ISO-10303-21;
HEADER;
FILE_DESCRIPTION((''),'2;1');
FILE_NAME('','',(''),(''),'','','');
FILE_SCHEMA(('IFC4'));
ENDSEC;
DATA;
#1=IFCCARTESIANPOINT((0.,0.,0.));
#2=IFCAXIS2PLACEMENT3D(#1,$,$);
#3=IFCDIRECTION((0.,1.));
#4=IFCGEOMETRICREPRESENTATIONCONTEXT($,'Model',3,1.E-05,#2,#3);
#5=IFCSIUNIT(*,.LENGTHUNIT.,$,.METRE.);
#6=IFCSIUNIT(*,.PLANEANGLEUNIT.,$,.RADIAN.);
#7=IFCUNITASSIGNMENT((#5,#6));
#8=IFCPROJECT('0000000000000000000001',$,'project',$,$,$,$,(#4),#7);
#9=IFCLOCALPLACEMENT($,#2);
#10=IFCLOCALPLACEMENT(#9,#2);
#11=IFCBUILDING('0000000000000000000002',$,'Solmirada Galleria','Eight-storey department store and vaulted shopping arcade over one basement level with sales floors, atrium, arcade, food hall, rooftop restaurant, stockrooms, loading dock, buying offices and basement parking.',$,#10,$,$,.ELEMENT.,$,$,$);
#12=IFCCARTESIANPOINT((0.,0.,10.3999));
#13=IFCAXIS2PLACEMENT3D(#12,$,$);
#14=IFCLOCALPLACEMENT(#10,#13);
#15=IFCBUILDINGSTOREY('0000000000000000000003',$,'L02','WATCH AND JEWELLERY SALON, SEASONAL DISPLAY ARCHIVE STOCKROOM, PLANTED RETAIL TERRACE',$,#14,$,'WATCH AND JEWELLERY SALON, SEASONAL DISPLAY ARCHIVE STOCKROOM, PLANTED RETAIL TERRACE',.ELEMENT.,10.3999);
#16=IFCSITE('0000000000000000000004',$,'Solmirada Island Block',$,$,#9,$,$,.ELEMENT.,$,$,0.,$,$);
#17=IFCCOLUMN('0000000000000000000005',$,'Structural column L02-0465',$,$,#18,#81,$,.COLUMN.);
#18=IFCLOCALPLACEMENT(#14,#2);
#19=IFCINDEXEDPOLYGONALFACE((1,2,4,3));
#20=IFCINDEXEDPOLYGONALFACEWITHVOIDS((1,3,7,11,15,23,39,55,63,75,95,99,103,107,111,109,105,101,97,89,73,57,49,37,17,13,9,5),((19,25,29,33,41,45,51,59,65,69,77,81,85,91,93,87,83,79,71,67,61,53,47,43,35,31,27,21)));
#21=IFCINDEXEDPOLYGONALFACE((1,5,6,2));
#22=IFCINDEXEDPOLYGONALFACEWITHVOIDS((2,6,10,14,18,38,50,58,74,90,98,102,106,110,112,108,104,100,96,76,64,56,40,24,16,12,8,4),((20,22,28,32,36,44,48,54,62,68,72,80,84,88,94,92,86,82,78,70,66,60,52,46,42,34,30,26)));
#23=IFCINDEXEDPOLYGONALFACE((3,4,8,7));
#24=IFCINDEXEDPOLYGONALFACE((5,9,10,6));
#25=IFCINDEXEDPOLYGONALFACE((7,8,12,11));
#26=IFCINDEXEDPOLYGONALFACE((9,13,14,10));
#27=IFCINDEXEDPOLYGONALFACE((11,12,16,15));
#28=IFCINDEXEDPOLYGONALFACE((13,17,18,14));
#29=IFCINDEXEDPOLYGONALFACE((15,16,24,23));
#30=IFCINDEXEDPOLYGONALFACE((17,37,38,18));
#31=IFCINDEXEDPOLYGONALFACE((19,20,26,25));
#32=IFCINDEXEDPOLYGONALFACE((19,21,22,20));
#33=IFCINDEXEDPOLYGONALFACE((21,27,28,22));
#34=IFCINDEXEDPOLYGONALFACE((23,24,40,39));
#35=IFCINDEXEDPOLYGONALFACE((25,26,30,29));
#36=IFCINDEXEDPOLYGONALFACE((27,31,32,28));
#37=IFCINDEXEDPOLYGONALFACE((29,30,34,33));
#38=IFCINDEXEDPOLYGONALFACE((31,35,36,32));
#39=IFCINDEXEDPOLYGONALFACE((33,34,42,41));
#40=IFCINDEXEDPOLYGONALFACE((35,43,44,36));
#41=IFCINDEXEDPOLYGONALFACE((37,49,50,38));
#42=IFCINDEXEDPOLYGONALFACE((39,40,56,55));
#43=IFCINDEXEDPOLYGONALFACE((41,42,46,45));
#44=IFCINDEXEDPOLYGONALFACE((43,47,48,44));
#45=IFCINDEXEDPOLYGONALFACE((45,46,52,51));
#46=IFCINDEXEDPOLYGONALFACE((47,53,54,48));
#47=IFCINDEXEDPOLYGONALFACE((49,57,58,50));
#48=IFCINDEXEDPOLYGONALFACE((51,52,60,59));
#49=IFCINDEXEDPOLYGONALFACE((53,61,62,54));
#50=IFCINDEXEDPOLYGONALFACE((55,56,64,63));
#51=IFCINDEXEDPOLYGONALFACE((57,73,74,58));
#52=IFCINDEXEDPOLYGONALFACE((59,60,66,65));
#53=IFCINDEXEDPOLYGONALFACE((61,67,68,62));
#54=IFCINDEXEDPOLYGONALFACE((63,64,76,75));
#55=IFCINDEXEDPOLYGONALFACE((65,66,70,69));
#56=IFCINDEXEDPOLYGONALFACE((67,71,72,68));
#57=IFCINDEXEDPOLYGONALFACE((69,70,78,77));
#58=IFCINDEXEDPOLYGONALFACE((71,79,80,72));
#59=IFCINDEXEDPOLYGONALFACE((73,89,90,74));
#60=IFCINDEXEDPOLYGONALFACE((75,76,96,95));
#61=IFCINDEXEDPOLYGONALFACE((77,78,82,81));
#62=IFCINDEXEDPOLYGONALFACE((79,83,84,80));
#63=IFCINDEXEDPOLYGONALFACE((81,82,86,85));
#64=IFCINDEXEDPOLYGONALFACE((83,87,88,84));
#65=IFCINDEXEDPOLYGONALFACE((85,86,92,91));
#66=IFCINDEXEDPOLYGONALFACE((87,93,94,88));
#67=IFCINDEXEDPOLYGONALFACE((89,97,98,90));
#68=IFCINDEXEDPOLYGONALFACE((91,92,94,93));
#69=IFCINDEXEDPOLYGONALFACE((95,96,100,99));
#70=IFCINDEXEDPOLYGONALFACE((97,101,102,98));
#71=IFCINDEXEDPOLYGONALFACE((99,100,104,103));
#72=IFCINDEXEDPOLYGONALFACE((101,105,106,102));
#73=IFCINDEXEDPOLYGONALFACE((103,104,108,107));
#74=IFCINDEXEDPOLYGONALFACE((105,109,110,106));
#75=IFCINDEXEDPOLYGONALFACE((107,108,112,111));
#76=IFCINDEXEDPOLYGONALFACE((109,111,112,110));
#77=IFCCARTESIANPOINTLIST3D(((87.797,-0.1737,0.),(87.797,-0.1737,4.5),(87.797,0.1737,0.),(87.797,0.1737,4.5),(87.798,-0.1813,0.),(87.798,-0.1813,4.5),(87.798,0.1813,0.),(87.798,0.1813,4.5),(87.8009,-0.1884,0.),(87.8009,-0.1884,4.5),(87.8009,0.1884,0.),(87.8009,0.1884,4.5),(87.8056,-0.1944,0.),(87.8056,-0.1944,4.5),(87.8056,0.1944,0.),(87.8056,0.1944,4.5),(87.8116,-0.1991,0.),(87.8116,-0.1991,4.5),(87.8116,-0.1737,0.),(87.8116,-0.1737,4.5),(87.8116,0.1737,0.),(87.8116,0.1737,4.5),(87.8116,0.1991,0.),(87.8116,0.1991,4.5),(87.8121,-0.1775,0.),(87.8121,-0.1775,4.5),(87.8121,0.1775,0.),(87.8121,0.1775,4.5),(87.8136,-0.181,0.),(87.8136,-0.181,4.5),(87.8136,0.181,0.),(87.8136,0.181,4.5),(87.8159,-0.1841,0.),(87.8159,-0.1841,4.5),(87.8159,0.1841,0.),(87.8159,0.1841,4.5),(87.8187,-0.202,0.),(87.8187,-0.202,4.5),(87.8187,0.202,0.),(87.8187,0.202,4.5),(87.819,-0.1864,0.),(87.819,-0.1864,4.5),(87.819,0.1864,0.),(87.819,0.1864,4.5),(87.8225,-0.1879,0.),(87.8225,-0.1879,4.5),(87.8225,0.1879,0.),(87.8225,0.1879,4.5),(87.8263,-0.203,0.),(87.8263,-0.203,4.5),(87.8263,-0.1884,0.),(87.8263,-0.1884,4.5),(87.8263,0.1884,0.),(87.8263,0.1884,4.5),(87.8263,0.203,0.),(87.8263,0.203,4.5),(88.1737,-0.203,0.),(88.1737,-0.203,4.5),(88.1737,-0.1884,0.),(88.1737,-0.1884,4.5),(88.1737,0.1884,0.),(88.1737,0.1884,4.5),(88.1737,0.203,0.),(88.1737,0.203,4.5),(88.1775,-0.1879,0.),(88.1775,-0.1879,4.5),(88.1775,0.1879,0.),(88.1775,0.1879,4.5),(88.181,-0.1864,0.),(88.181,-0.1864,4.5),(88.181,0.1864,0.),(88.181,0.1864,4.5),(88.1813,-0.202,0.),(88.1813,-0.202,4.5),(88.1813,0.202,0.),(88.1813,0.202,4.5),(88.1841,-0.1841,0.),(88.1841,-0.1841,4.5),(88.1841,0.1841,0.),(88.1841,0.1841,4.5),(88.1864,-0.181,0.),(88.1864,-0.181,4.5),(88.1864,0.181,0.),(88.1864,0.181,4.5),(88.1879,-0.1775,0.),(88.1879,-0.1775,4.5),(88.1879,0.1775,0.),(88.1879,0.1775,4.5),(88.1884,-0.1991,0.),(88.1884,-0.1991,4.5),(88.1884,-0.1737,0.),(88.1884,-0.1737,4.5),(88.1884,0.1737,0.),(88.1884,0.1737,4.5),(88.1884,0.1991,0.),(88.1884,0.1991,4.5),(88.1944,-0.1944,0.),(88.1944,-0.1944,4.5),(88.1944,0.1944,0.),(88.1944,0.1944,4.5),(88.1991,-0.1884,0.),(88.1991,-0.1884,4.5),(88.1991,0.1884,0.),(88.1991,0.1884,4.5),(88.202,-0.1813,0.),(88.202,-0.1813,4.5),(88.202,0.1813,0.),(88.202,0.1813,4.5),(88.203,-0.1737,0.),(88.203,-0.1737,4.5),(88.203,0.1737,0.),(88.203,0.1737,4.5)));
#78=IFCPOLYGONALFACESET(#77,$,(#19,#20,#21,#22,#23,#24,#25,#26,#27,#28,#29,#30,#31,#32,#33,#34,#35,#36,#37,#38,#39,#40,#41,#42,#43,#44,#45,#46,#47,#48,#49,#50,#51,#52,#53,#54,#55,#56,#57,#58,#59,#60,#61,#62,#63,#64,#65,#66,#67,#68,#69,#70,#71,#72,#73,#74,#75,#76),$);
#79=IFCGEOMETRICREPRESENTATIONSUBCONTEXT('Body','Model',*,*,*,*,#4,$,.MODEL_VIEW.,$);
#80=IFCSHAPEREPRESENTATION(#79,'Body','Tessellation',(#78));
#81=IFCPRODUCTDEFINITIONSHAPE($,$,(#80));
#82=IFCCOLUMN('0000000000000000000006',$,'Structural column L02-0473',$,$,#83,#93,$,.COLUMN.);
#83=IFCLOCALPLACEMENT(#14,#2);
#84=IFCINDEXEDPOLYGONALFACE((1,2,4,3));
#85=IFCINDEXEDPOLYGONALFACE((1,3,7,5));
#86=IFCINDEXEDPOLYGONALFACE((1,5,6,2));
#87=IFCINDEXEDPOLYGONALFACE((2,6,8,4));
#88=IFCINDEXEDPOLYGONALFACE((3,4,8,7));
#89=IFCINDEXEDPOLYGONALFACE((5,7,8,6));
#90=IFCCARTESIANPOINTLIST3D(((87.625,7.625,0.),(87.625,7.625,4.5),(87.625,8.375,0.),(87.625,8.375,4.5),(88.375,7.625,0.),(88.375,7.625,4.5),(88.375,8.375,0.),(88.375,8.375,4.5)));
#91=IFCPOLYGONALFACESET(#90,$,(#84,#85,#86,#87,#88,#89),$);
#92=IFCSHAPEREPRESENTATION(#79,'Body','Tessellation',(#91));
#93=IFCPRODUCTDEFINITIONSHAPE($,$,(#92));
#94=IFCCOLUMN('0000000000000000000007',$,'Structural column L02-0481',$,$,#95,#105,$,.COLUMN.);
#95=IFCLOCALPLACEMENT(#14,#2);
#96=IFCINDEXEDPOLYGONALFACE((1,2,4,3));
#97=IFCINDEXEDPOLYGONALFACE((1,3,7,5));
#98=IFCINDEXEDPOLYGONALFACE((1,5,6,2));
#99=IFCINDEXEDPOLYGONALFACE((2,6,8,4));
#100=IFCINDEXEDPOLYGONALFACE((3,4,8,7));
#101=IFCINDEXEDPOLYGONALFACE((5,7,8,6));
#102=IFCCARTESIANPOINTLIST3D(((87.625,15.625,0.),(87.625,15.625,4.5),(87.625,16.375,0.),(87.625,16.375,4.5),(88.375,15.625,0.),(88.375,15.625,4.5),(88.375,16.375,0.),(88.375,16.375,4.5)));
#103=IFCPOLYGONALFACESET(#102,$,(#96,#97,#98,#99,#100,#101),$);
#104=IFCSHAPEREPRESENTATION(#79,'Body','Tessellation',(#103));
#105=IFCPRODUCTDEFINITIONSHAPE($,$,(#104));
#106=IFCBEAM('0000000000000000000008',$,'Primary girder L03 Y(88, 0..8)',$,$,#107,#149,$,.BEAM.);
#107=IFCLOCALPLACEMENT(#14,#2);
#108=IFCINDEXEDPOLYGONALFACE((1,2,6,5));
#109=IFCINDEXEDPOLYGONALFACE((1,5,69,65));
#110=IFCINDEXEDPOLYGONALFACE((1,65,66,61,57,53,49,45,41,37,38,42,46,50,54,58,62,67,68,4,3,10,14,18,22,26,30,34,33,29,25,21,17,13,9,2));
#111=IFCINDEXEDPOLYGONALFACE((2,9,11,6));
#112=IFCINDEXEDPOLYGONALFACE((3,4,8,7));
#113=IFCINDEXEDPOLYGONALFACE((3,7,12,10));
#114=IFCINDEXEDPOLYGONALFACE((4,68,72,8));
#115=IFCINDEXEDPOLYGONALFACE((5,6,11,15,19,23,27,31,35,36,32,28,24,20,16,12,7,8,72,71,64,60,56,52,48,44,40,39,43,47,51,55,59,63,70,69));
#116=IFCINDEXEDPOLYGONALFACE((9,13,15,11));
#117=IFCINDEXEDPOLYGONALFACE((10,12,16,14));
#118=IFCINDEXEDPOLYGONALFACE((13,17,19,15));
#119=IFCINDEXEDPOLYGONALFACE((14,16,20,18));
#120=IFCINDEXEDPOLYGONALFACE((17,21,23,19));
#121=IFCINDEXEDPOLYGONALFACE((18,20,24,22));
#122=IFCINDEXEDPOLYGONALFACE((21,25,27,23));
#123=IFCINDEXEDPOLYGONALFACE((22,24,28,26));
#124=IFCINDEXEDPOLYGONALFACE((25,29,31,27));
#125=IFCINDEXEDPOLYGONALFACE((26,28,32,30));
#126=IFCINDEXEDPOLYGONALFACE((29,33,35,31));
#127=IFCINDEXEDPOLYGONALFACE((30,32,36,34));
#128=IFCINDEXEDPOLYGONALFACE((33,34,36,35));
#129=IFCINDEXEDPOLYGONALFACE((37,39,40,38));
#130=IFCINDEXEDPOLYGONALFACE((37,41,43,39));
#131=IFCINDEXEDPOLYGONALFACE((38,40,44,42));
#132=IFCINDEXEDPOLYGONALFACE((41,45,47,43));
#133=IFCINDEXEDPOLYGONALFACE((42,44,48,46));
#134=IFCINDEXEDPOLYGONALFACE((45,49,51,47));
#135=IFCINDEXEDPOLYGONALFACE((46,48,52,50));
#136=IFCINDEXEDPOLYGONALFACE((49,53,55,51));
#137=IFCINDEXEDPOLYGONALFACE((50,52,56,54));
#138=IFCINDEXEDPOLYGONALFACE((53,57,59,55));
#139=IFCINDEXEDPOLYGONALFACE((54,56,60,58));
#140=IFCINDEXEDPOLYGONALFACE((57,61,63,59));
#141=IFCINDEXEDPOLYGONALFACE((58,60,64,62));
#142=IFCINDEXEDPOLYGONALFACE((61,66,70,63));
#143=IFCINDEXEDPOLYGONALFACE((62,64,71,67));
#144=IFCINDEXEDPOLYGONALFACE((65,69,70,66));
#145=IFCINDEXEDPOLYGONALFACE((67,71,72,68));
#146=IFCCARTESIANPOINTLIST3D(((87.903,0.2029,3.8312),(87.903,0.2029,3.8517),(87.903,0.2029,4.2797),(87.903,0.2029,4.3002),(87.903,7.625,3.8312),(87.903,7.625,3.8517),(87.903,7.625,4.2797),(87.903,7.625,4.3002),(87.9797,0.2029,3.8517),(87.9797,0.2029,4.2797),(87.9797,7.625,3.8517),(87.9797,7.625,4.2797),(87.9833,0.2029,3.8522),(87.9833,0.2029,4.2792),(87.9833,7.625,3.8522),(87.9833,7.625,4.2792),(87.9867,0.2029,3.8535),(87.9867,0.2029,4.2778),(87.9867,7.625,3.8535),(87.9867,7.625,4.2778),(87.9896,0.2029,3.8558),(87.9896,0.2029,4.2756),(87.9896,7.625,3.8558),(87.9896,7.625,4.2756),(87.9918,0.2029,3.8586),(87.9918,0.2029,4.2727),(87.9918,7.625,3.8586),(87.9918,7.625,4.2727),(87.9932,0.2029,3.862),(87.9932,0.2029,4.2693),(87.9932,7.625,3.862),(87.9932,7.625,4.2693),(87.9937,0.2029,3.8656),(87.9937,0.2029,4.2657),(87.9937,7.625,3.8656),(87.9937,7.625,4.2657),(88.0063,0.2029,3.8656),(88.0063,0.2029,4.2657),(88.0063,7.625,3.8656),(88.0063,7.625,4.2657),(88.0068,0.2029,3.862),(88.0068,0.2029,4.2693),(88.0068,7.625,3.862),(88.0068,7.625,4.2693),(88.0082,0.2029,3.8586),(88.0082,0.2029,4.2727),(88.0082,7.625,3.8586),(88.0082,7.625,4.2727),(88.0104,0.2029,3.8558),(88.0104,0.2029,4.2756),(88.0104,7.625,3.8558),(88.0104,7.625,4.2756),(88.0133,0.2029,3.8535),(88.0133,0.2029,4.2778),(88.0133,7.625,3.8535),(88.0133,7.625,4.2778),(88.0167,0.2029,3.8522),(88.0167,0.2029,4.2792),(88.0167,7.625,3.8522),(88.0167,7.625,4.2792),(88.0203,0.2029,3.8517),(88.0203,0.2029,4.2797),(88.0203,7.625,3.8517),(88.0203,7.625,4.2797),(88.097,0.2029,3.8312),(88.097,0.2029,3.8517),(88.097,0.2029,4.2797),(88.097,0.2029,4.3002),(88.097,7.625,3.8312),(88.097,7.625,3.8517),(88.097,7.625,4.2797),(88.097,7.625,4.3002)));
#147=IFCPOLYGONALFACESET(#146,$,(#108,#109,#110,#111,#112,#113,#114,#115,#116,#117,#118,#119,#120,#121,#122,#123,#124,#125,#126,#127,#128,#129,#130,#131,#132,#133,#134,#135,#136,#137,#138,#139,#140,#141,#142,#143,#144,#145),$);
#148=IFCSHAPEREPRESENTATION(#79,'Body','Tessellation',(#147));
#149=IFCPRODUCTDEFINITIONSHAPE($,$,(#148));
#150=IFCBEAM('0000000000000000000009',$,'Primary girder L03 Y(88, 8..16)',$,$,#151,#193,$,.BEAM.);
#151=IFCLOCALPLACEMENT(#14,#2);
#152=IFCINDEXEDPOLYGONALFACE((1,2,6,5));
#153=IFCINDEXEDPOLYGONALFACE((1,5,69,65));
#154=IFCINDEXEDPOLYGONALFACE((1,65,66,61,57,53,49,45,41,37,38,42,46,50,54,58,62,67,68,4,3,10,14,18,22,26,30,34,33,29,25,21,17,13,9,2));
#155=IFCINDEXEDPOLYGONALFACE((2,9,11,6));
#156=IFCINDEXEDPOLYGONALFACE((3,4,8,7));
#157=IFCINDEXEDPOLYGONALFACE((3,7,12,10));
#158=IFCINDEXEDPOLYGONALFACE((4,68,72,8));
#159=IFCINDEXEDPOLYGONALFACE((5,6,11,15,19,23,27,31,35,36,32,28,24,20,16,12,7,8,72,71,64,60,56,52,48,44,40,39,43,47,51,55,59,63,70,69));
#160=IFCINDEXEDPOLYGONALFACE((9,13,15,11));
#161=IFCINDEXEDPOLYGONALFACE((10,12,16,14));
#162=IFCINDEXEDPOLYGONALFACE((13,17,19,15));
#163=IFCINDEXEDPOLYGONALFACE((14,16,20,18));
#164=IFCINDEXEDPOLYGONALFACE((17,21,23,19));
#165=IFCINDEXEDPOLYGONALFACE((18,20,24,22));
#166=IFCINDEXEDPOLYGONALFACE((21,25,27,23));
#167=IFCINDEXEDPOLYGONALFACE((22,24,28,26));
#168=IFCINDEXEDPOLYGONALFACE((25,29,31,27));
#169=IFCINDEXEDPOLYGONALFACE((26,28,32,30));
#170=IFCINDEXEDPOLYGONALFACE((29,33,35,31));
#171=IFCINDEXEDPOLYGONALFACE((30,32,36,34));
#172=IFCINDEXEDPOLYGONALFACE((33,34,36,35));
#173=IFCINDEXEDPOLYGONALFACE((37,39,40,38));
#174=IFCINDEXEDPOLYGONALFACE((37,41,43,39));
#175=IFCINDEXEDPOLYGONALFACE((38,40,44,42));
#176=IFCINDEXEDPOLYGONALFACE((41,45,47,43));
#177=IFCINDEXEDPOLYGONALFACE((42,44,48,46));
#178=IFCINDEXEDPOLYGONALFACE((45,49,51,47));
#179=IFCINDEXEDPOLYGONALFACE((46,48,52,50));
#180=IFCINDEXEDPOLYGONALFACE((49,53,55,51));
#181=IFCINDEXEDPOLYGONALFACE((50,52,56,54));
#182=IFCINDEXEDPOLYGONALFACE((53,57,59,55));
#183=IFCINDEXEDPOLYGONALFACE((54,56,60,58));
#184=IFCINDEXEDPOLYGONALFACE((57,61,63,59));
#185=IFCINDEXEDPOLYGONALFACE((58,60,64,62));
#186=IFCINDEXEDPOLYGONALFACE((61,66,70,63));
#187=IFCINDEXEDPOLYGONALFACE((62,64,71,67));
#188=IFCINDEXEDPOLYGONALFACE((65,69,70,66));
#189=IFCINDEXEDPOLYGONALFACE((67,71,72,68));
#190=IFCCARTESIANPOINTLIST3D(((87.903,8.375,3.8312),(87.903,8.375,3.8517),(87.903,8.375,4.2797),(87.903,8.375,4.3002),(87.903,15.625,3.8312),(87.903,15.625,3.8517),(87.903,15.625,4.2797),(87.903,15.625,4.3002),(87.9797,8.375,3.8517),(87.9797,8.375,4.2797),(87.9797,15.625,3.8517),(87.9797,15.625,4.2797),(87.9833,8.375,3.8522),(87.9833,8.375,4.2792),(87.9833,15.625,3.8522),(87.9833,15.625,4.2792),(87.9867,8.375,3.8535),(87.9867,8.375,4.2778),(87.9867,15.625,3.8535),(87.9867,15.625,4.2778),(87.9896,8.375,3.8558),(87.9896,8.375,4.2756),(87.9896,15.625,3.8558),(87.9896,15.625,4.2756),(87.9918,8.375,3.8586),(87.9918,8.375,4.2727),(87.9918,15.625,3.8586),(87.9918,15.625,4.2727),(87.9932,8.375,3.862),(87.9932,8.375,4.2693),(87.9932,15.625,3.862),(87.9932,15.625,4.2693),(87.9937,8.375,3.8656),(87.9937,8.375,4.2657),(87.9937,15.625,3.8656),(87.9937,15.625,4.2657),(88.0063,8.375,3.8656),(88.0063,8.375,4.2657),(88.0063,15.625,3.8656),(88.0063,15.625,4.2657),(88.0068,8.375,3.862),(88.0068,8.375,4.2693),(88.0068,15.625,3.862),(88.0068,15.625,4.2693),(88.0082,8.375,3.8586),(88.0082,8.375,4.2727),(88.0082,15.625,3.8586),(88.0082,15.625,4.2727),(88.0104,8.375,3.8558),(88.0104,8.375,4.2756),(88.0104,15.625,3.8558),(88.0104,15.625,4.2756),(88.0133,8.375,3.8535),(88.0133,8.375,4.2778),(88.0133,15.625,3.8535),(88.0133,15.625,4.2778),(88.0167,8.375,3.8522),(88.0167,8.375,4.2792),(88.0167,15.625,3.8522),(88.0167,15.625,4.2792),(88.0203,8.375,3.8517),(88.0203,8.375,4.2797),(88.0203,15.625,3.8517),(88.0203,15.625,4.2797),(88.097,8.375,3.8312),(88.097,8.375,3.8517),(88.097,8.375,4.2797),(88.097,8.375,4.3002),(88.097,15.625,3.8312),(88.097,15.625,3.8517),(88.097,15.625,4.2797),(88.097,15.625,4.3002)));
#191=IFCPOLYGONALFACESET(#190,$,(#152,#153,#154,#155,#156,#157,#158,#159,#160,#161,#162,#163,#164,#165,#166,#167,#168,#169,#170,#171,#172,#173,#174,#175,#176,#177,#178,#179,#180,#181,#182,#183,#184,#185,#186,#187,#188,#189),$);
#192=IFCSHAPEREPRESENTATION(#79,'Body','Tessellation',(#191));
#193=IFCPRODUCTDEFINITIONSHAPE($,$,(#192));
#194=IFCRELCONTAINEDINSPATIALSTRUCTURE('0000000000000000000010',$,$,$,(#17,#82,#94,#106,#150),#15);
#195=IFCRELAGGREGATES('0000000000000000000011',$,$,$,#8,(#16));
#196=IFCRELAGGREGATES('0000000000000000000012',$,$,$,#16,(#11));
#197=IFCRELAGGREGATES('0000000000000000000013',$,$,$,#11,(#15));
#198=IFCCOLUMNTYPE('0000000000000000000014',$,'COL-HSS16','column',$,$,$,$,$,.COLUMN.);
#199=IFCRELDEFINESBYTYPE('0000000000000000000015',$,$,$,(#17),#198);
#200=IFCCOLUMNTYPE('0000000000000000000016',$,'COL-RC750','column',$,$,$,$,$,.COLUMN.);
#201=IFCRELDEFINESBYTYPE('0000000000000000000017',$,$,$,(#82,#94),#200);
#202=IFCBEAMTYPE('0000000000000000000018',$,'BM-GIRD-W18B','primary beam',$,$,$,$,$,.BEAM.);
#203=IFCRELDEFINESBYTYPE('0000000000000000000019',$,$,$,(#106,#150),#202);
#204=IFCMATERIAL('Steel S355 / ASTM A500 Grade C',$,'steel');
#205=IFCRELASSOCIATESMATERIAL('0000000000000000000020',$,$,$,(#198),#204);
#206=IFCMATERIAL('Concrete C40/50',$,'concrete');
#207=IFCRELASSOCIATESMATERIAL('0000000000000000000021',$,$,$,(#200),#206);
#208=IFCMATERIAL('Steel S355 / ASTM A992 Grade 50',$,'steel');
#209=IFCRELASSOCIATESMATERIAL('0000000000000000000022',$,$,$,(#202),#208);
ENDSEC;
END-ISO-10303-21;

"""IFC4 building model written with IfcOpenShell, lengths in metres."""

from ifc_helpers import new_model, si_unit, direction, frame, origin, origin_2d, place, context, subcontext, project, spatial, rectangle, hollow_rectangle, i_section, extrude, material, material_profile, profile_set, type_object, element, save


model = new_model("IFC4")

# Units and contexts
model_context = context("Model", 3, precision=1e-05, world=origin(), true_north=direction((0.0, 1.0)))
body_context = subcontext(model_context, "Body", "Model", "MODEL_VIEW")
ifc_project = project(units=[si_unit("LENGTHUNIT", "METRE"), si_unit("PLANEANGLEUNIT", "RADIAN")], contexts=[model_context])

# Site, building, storey
site_placement = place(None, origin())
site = spatial("IfcSite", under=ifc_project, at=site_placement, Name="Solmirada Island Block", CompositionType="ELEMENT", RefElevation=0.0)
building_placement = place(site_placement, origin())
building = spatial("IfcBuilding", under=site, at=building_placement, Name="Solmirada Galleria", Description="Eight-storey department store and vaulted shopping arcade over one basement level with sales floors, atrium, arcade, food hall, rooftop restaurant, stockrooms, loading dock, buying offices and basement parking.", CompositionType="ELEMENT")
storey_placement = place(building_placement, frame((0.0, 0.0, 10.3999)))
storey = spatial("IfcBuildingStorey", under=building, at=storey_placement, Name="L02", Description="WATCH AND JEWELLERY SALON, SEASONAL DISPLAY ARCHIVE STOCKROOM, PLANTED RETAIL TERRACE", LongName="WATCH AND JEWELLERY SALON, SEASONAL DISPLAY ARCHIVE STOCKROOM, PLANTED RETAIL TERRACE", CompositionType="ELEMENT", Elevation=10.3999)

# Columns
ifc_material_1 = material(Name="Steel S355 / ASTM A500 Grade C", Category="steel")
ifc_material_profile_1 = material_profile(ifc_material_1, hollow_rectangle(XDim=0.406, YDim=0.406, WallThickness=0.0146, InnerFilletRadius=0.0146, OuterFilletRadius=0.0293, at=origin_2d()), Name="HSS16X16X5/8")
ifc_profile_set_1 = profile_set([ifc_material_profile_1], Name="Steel S355 / ASTM A500 Grade C")
column_type_1 = type_object("IfcColumnType", Name="COL-HSS16", Description="column", PredefinedType="COLUMN", material=ifc_profile_set_1)
column_placement = place(storey_placement, frame((88.0, 0.0, 0.0), z_axis=(0.0, 0.0, 1.0), x_axis=(1.0, 0.0, 0.0)))
element("IfcColumn", 1, at=column_placement, inside=storey, type_object=column_type_1, Name="Structural column L02-0465", PredefinedType="COLUMN", context=body_context, shape_type="SweptSolid", body=[
    extrude(hollow_rectangle(XDim=0.406, YDim=0.406, WallThickness=0.0146, InnerFilletRadius=0.0146, OuterFilletRadius=0.0293, at=origin_2d()), origin(), (0.0, 0.0, 1.0), 4.5),
])
ifc_material_2 = material(Name="Concrete C40/50", Category="concrete")
ifc_material_profile_2 = material_profile(ifc_material_2, rectangle(XDim=0.75, YDim=0.75, at=origin_2d()), Name="RC750X750")
ifc_profile_set_2 = profile_set([ifc_material_profile_2], Name="Concrete C40/50")
column_type_2 = type_object("IfcColumnType", Name="COL-RC750", Description="column", PredefinedType="COLUMN", material=ifc_profile_set_2)
for number, where, z_axis, x_axis, name in (
    (2, (88.0, 8.0, 0.0), (0.0, 0.0, 1.0), (1.0, 0.0, 0.0), "Structural column L02-0473"),
    (3, (88.0, 16.0, 0.0), (0.0, 0.0, 1.0), (1.0, 0.0, 0.0), "Structural column L02-0481"),
):
    element("IfcColumn", number, at=place(storey_placement, frame(where, z_axis=z_axis, x_axis=x_axis)), inside=storey, type_object=column_type_2, Name=name, PredefinedType="COLUMN", context=body_context, shape_type="SweptSolid", body=[
        extrude(rectangle(XDim=0.75, YDim=0.75, at=origin_2d()), origin(), (0.0, 0.0, 1.0), 4.5),
    ])

# Beams
ifc_material_3 = material(Name="Steel S355 / ASTM A992 Grade 50", Category="steel")
ifc_material_profile_3 = material_profile(ifc_material_3, i_section(OverallWidth=0.1941, OverallDepth=0.469, WebThickness=0.0127, FlangeThickness=0.0205, FilletRadius=0.0139, at=origin_2d()), Name="W18X71")
ifc_profile_set_3 = profile_set([ifc_material_profile_3], Name="Steel S355 / ASTM A992 Grade 50")
beam_type_1 = type_object("IfcBeamType", Name="BM-GIRD-W18B", Description="primary beam", PredefinedType="BEAM", material=ifc_profile_set_3)
beam_1_placement = place(storey_placement, frame((88.0, 0.2029, 4.0657), z_axis=(0.0, 1.0, 0.0), x_axis=(-1.0, 0.0, 0.0)))
element("IfcBeam", 4, at=beam_1_placement, inside=storey, type_object=beam_type_1, Name="Primary girder L03 Y(88, 0..8)", PredefinedType="BEAM", context=body_context, shape_type="SweptSolid", body=[
    extrude(i_section(OverallWidth=0.1941, OverallDepth=0.469, WebThickness=0.0127, FlangeThickness=0.0205, FilletRadius=0.0139, at=origin_2d()), origin(), (0.0, 0.0, 1.0), 7.4221),
])
for number, where, z_axis, x_axis, name in (
    (5, (88.0, 8.375, 4.0657), (0.0, 1.0, 0.0), (-1.0, 0.0, 0.0), "Primary girder L03 Y(88, 8..16)"),
):
    element("IfcBeam", number, at=place(storey_placement, frame(where, z_axis=z_axis, x_axis=x_axis)), inside=storey, type_object=beam_type_1, Name=name, PredefinedType="BEAM", context=body_context, shape_type="SweptSolid", body=[
        extrude(i_section(OverallWidth=0.1941, OverallDepth=0.469, WebThickness=0.0127, FlangeThickness=0.0205, FilletRadius=0.0139, at=origin_2d()), origin(), (0.0, 0.0, 1.0), 7.25),
    ])

save(model, "model.ifc")
